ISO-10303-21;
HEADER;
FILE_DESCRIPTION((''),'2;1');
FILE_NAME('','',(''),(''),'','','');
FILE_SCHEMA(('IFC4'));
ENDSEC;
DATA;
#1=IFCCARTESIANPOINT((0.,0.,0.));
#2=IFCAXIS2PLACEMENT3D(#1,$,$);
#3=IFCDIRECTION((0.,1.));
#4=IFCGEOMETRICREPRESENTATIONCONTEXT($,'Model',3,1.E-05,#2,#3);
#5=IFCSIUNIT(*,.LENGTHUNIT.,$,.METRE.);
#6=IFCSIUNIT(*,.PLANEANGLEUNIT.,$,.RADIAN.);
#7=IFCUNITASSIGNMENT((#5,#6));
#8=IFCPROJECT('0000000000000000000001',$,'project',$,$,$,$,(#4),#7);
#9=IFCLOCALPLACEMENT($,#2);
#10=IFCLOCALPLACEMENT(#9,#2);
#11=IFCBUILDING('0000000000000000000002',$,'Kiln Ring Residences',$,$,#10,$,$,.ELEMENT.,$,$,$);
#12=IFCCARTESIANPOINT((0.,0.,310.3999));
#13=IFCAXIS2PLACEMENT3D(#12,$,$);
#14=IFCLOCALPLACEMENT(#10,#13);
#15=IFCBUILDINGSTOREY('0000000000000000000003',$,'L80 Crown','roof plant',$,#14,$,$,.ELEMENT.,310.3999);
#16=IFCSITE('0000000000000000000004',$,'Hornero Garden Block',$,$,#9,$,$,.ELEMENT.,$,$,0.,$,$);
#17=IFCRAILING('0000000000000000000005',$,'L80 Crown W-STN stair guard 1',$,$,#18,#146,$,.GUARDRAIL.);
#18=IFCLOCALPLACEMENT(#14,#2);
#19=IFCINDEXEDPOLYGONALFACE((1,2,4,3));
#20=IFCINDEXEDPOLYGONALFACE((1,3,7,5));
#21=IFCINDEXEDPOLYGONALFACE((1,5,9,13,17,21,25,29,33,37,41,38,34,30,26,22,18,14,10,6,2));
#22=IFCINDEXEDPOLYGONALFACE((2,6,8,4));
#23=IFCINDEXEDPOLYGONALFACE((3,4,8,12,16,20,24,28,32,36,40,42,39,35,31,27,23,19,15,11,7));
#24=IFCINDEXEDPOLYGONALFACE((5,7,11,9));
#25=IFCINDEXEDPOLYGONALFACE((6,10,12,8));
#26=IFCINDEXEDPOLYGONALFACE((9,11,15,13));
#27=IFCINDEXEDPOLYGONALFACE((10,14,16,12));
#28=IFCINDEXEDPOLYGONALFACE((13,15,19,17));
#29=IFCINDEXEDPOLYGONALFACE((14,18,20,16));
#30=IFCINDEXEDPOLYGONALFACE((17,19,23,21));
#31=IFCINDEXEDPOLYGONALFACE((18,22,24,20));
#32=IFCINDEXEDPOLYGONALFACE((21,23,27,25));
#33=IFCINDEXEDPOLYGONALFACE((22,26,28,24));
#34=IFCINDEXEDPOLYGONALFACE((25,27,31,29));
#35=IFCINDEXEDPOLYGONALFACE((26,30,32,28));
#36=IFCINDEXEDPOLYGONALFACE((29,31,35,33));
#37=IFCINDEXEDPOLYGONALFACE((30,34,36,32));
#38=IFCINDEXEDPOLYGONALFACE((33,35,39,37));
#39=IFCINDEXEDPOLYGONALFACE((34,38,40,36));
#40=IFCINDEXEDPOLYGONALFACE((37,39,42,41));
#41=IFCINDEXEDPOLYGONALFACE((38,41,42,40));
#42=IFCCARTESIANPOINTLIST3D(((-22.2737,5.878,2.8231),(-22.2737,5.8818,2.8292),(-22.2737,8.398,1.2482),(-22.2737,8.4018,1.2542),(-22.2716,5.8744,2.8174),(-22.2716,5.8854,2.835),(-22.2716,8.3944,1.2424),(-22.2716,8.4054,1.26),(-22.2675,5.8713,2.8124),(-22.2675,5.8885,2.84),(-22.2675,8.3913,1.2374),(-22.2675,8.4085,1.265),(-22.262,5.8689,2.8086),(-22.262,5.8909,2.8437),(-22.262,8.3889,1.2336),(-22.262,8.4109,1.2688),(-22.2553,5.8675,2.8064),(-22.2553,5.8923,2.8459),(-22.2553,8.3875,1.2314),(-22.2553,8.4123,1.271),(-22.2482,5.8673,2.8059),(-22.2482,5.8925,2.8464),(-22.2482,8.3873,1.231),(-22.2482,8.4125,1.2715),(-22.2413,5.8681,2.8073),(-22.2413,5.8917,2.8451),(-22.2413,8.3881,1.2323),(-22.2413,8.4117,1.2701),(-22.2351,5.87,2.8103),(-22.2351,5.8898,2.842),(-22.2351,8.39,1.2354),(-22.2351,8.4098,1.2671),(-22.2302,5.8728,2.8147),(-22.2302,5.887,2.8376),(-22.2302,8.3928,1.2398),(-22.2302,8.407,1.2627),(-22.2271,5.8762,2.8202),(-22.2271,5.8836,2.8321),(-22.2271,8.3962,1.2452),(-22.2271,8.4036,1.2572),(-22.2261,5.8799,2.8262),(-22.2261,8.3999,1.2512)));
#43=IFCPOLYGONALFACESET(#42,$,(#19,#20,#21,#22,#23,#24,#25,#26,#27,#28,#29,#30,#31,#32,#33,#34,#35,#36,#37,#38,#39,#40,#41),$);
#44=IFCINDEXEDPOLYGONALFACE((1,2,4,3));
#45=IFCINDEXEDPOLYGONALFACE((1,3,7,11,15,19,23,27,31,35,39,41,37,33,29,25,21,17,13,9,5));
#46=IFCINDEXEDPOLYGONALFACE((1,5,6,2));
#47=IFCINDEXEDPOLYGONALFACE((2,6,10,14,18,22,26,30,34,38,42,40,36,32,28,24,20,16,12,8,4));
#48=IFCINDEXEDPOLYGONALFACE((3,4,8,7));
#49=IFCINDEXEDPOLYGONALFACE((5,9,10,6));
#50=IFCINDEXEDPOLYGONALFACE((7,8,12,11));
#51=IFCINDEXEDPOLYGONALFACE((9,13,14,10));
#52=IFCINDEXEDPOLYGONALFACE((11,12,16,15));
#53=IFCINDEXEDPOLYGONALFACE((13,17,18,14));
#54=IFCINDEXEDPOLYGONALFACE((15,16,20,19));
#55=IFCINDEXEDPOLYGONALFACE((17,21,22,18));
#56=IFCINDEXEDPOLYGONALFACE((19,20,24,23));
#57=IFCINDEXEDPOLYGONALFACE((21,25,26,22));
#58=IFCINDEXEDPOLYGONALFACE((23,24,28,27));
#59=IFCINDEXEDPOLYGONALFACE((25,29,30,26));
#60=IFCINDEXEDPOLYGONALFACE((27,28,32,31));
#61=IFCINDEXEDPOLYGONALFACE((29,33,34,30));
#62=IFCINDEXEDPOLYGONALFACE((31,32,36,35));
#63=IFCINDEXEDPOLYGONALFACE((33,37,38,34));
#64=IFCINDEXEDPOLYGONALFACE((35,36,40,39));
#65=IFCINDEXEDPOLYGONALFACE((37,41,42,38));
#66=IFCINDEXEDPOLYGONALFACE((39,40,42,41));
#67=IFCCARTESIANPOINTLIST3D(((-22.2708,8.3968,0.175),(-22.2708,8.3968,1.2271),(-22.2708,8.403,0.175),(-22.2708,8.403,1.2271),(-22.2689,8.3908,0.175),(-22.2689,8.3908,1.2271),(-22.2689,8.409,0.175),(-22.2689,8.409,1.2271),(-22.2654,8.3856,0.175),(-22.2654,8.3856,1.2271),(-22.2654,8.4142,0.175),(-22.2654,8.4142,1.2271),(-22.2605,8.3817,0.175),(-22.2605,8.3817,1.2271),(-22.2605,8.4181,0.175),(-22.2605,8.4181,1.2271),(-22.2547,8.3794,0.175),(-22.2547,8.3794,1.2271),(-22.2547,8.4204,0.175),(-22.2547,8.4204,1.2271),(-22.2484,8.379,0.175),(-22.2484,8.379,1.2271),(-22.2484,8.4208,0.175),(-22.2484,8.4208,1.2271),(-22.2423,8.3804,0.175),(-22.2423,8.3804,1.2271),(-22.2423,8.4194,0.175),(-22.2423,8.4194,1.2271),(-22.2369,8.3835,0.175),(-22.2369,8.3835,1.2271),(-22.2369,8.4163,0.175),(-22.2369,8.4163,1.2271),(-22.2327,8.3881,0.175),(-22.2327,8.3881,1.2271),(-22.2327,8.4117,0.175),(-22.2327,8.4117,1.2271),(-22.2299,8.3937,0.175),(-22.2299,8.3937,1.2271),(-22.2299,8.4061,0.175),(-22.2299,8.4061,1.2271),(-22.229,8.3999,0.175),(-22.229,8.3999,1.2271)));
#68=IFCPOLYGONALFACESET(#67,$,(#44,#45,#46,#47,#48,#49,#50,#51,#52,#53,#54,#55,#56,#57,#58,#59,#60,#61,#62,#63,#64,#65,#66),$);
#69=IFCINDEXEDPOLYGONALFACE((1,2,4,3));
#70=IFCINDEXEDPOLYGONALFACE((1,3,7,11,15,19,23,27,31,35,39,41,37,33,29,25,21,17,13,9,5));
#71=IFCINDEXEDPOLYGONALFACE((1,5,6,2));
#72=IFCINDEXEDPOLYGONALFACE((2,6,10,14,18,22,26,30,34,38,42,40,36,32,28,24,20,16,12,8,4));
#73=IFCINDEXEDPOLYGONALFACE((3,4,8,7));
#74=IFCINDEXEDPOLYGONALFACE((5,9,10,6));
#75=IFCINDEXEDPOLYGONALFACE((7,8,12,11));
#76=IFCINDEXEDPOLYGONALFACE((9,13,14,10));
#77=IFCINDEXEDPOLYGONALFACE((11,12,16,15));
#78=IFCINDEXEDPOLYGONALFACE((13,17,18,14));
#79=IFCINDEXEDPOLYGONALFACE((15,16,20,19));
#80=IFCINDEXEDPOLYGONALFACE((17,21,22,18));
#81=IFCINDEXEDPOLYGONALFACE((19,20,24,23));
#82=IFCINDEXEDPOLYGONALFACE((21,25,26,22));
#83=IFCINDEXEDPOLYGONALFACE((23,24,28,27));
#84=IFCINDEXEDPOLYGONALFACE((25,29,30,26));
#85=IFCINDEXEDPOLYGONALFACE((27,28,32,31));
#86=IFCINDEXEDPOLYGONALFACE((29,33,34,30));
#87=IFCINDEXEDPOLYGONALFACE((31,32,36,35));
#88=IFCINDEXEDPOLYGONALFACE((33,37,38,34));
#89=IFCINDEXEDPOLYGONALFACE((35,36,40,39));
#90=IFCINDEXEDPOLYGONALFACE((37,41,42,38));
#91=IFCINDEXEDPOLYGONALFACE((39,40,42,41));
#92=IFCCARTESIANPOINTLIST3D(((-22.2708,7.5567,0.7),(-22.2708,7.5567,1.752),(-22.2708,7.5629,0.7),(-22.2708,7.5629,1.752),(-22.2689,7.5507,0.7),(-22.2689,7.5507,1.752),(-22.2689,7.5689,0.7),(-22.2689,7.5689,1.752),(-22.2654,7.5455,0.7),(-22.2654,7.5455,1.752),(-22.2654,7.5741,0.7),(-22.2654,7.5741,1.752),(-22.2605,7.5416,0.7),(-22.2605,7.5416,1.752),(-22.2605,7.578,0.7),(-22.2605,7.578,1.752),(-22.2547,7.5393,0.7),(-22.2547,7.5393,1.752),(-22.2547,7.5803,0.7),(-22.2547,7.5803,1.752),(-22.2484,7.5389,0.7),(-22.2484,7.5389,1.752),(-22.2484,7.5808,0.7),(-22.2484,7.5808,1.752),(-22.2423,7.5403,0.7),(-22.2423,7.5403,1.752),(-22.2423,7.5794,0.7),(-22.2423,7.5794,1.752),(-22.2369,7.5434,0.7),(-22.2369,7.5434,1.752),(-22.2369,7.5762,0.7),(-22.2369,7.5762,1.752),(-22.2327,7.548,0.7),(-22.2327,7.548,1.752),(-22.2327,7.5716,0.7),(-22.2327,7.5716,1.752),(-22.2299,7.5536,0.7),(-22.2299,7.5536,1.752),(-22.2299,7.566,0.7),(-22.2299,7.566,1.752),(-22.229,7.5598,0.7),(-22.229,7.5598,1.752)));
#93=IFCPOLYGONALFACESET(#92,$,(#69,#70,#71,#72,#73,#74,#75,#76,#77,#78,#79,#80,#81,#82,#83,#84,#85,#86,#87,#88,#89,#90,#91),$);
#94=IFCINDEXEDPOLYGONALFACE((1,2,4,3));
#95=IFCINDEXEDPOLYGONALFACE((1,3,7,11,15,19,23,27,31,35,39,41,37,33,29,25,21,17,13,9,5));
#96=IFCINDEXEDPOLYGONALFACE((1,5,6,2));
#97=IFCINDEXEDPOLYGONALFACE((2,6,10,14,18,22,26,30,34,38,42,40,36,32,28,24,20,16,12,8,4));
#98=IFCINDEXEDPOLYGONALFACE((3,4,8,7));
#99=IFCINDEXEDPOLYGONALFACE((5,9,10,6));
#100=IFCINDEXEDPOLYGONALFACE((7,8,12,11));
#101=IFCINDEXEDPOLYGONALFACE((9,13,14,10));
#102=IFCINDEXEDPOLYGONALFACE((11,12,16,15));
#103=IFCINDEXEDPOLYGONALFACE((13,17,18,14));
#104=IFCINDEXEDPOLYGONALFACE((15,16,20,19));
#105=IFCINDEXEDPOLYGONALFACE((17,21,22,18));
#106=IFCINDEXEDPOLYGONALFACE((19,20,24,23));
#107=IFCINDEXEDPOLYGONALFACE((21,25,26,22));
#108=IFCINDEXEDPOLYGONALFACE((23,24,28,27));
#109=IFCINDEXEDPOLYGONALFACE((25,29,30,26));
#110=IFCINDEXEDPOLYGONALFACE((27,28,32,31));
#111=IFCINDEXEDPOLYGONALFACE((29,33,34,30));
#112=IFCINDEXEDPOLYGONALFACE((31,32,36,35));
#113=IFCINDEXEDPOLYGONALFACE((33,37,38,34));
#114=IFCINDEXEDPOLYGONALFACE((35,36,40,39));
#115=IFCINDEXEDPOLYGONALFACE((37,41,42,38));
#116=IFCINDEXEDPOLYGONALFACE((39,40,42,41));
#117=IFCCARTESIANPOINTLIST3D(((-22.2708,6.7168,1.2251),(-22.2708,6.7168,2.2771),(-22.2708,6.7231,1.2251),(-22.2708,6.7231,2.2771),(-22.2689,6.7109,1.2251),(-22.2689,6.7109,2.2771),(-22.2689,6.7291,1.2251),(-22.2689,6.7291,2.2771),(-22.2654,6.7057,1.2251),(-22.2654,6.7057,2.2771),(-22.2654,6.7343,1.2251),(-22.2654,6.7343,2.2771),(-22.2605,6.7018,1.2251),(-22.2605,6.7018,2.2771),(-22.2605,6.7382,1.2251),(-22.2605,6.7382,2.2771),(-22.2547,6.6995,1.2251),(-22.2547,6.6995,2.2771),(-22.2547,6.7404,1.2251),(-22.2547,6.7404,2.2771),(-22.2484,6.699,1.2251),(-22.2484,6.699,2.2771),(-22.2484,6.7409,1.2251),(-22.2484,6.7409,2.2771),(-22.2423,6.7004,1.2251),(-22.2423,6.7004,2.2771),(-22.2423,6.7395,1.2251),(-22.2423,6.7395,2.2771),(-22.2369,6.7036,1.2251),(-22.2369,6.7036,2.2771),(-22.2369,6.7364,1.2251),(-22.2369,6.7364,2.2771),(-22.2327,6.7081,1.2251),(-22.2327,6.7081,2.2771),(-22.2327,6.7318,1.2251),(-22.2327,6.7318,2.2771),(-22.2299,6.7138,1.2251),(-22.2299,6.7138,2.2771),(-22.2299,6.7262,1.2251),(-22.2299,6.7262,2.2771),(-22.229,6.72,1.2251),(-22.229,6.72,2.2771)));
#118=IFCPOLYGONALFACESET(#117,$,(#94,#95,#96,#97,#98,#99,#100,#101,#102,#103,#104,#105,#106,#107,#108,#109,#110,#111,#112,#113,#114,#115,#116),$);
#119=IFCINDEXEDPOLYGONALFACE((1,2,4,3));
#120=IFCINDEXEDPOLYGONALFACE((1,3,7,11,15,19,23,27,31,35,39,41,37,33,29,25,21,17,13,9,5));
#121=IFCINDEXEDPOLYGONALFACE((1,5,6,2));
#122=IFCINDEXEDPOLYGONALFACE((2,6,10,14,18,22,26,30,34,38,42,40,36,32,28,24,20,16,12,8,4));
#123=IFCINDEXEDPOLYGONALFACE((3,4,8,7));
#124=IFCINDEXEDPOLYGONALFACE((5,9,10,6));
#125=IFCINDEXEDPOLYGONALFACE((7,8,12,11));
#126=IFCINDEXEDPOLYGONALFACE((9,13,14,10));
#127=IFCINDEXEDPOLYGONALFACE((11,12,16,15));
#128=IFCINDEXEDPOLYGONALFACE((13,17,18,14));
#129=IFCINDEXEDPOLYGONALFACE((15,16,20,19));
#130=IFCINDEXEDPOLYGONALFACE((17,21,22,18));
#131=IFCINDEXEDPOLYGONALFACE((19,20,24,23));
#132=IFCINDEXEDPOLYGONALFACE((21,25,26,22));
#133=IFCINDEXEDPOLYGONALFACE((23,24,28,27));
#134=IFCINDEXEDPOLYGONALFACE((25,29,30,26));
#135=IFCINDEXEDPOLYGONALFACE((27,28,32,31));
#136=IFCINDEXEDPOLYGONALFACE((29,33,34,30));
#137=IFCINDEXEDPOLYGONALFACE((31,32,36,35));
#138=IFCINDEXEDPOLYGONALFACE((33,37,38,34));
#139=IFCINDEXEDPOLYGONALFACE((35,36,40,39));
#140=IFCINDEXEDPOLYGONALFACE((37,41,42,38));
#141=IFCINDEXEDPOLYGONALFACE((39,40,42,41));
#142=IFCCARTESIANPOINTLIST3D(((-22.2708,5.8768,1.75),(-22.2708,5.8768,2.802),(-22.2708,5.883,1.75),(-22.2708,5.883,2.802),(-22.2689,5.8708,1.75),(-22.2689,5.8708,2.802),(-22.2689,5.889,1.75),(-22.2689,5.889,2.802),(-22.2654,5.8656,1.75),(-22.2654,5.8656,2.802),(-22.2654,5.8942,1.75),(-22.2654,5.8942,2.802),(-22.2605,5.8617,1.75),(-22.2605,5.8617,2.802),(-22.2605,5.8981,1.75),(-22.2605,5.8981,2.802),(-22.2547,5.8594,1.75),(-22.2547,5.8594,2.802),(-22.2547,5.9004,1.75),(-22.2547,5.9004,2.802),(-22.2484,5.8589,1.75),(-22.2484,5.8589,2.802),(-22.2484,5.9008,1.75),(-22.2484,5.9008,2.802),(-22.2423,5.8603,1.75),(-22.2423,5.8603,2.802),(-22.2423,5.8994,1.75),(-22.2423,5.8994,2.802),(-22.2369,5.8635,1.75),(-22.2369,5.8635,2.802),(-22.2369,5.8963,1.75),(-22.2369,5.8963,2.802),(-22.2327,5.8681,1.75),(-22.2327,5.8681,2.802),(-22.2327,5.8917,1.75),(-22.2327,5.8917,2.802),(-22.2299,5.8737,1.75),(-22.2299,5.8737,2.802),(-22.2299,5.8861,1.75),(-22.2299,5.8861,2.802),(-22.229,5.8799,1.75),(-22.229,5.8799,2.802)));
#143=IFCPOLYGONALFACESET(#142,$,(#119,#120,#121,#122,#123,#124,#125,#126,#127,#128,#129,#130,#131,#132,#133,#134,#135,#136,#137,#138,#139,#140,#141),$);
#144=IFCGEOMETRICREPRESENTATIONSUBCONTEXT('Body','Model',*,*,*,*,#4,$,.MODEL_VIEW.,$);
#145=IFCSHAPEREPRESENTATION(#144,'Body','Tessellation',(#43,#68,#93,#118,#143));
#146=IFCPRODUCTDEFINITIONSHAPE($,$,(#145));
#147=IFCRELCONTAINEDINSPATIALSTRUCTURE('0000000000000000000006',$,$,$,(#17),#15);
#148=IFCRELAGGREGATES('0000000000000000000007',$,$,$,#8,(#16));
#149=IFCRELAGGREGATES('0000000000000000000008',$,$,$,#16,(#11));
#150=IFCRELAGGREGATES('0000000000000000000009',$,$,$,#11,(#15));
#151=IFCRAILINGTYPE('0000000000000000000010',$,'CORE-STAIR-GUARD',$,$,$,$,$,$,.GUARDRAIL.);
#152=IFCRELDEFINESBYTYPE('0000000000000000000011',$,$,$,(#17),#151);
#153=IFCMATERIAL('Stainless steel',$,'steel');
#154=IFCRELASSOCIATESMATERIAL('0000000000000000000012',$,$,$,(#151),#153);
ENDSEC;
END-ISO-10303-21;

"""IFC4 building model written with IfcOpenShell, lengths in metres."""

from ifc_helpers import new_model, si_unit, direction, frame, origin, origin_2d, place, context, subcontext, project, spatial, circle, extrude, material, type_object, element, save


model = new_model("IFC4")

# Units and contexts
model_context = context("Model", 3, precision=1e-05, world=origin(), true_north=direction((0.0, 1.0)))
body_context = subcontext(model_context, "Body", "Model", "MODEL_VIEW")
ifc_project = project(units=[si_unit("LENGTHUNIT", "METRE"), si_unit("PLANEANGLEUNIT", "RADIAN")], contexts=[model_context])

# Site, building, storey
site_placement = place(None, origin())
site = spatial("IfcSite", under=ifc_project, at=site_placement, Name="Hornero Garden Block", CompositionType="ELEMENT", RefElevation=0.0)
building_placement = place(site_placement, origin())
building = spatial("IfcBuilding", under=site, at=building_placement, Name="Kiln Ring Residences", CompositionType="ELEMENT")
storey_placement = place(building_placement, frame((0.0, 0.0, 310.3999)))
storey = spatial("IfcBuildingStorey", under=building, at=storey_placement, Name="L80 Crown", Description="roof plant", CompositionType="ELEMENT", Elevation=310.3999)

# Railing
ifc_material_1 = material(Name="Stainless steel", Category="steel")
railing_type_1 = type_object("IfcRailingType", Name="CORE-STAIR-GUARD", PredefinedType="GUARDRAIL", material=ifc_material_1)
railing_1_placement = place(storey_placement, frame((-22.25, 8.3999, 0.175)))
element("IfcRailing", 1, at=railing_1_placement, inside=storey, type_object=railing_type_1, Name="L80 Crown W-STN stair guard 1", PredefinedType="GUARDRAIL", context=body_context, shape_type="SweptSolid", body=[
    extrude(circle(Radius=0.0239, at=origin_2d()), frame((0.0, 0.0, 1.0762), z_axis=(0.0, -0.848008, 0.529984), x_axis=(1.0, 0.0, 0.0)), (0.0, 0.0, 1.0), 2.9717),
    extrude(circle(Radius=0.021, at=origin_2d()), origin(), (0.0, 0.0, 1.0), 1.052),
    extrude(circle(Radius=0.021, at=origin_2d()), frame((0.0, -0.8401, 0.5249)), (0.0, 0.0, 1.0), 1.052),
    extrude(circle(Radius=0.021, at=origin_2d()), frame((0.0, -1.6799, 1.05)), (0.0, 0.0, 1.0), 1.052),
    extrude(circle(Radius=0.021, at=origin_2d()), frame((0.0, -2.52, 1.575)), (0.0, 0.0, 1.0), 1.052),
])

save(model, "model.ifc")
